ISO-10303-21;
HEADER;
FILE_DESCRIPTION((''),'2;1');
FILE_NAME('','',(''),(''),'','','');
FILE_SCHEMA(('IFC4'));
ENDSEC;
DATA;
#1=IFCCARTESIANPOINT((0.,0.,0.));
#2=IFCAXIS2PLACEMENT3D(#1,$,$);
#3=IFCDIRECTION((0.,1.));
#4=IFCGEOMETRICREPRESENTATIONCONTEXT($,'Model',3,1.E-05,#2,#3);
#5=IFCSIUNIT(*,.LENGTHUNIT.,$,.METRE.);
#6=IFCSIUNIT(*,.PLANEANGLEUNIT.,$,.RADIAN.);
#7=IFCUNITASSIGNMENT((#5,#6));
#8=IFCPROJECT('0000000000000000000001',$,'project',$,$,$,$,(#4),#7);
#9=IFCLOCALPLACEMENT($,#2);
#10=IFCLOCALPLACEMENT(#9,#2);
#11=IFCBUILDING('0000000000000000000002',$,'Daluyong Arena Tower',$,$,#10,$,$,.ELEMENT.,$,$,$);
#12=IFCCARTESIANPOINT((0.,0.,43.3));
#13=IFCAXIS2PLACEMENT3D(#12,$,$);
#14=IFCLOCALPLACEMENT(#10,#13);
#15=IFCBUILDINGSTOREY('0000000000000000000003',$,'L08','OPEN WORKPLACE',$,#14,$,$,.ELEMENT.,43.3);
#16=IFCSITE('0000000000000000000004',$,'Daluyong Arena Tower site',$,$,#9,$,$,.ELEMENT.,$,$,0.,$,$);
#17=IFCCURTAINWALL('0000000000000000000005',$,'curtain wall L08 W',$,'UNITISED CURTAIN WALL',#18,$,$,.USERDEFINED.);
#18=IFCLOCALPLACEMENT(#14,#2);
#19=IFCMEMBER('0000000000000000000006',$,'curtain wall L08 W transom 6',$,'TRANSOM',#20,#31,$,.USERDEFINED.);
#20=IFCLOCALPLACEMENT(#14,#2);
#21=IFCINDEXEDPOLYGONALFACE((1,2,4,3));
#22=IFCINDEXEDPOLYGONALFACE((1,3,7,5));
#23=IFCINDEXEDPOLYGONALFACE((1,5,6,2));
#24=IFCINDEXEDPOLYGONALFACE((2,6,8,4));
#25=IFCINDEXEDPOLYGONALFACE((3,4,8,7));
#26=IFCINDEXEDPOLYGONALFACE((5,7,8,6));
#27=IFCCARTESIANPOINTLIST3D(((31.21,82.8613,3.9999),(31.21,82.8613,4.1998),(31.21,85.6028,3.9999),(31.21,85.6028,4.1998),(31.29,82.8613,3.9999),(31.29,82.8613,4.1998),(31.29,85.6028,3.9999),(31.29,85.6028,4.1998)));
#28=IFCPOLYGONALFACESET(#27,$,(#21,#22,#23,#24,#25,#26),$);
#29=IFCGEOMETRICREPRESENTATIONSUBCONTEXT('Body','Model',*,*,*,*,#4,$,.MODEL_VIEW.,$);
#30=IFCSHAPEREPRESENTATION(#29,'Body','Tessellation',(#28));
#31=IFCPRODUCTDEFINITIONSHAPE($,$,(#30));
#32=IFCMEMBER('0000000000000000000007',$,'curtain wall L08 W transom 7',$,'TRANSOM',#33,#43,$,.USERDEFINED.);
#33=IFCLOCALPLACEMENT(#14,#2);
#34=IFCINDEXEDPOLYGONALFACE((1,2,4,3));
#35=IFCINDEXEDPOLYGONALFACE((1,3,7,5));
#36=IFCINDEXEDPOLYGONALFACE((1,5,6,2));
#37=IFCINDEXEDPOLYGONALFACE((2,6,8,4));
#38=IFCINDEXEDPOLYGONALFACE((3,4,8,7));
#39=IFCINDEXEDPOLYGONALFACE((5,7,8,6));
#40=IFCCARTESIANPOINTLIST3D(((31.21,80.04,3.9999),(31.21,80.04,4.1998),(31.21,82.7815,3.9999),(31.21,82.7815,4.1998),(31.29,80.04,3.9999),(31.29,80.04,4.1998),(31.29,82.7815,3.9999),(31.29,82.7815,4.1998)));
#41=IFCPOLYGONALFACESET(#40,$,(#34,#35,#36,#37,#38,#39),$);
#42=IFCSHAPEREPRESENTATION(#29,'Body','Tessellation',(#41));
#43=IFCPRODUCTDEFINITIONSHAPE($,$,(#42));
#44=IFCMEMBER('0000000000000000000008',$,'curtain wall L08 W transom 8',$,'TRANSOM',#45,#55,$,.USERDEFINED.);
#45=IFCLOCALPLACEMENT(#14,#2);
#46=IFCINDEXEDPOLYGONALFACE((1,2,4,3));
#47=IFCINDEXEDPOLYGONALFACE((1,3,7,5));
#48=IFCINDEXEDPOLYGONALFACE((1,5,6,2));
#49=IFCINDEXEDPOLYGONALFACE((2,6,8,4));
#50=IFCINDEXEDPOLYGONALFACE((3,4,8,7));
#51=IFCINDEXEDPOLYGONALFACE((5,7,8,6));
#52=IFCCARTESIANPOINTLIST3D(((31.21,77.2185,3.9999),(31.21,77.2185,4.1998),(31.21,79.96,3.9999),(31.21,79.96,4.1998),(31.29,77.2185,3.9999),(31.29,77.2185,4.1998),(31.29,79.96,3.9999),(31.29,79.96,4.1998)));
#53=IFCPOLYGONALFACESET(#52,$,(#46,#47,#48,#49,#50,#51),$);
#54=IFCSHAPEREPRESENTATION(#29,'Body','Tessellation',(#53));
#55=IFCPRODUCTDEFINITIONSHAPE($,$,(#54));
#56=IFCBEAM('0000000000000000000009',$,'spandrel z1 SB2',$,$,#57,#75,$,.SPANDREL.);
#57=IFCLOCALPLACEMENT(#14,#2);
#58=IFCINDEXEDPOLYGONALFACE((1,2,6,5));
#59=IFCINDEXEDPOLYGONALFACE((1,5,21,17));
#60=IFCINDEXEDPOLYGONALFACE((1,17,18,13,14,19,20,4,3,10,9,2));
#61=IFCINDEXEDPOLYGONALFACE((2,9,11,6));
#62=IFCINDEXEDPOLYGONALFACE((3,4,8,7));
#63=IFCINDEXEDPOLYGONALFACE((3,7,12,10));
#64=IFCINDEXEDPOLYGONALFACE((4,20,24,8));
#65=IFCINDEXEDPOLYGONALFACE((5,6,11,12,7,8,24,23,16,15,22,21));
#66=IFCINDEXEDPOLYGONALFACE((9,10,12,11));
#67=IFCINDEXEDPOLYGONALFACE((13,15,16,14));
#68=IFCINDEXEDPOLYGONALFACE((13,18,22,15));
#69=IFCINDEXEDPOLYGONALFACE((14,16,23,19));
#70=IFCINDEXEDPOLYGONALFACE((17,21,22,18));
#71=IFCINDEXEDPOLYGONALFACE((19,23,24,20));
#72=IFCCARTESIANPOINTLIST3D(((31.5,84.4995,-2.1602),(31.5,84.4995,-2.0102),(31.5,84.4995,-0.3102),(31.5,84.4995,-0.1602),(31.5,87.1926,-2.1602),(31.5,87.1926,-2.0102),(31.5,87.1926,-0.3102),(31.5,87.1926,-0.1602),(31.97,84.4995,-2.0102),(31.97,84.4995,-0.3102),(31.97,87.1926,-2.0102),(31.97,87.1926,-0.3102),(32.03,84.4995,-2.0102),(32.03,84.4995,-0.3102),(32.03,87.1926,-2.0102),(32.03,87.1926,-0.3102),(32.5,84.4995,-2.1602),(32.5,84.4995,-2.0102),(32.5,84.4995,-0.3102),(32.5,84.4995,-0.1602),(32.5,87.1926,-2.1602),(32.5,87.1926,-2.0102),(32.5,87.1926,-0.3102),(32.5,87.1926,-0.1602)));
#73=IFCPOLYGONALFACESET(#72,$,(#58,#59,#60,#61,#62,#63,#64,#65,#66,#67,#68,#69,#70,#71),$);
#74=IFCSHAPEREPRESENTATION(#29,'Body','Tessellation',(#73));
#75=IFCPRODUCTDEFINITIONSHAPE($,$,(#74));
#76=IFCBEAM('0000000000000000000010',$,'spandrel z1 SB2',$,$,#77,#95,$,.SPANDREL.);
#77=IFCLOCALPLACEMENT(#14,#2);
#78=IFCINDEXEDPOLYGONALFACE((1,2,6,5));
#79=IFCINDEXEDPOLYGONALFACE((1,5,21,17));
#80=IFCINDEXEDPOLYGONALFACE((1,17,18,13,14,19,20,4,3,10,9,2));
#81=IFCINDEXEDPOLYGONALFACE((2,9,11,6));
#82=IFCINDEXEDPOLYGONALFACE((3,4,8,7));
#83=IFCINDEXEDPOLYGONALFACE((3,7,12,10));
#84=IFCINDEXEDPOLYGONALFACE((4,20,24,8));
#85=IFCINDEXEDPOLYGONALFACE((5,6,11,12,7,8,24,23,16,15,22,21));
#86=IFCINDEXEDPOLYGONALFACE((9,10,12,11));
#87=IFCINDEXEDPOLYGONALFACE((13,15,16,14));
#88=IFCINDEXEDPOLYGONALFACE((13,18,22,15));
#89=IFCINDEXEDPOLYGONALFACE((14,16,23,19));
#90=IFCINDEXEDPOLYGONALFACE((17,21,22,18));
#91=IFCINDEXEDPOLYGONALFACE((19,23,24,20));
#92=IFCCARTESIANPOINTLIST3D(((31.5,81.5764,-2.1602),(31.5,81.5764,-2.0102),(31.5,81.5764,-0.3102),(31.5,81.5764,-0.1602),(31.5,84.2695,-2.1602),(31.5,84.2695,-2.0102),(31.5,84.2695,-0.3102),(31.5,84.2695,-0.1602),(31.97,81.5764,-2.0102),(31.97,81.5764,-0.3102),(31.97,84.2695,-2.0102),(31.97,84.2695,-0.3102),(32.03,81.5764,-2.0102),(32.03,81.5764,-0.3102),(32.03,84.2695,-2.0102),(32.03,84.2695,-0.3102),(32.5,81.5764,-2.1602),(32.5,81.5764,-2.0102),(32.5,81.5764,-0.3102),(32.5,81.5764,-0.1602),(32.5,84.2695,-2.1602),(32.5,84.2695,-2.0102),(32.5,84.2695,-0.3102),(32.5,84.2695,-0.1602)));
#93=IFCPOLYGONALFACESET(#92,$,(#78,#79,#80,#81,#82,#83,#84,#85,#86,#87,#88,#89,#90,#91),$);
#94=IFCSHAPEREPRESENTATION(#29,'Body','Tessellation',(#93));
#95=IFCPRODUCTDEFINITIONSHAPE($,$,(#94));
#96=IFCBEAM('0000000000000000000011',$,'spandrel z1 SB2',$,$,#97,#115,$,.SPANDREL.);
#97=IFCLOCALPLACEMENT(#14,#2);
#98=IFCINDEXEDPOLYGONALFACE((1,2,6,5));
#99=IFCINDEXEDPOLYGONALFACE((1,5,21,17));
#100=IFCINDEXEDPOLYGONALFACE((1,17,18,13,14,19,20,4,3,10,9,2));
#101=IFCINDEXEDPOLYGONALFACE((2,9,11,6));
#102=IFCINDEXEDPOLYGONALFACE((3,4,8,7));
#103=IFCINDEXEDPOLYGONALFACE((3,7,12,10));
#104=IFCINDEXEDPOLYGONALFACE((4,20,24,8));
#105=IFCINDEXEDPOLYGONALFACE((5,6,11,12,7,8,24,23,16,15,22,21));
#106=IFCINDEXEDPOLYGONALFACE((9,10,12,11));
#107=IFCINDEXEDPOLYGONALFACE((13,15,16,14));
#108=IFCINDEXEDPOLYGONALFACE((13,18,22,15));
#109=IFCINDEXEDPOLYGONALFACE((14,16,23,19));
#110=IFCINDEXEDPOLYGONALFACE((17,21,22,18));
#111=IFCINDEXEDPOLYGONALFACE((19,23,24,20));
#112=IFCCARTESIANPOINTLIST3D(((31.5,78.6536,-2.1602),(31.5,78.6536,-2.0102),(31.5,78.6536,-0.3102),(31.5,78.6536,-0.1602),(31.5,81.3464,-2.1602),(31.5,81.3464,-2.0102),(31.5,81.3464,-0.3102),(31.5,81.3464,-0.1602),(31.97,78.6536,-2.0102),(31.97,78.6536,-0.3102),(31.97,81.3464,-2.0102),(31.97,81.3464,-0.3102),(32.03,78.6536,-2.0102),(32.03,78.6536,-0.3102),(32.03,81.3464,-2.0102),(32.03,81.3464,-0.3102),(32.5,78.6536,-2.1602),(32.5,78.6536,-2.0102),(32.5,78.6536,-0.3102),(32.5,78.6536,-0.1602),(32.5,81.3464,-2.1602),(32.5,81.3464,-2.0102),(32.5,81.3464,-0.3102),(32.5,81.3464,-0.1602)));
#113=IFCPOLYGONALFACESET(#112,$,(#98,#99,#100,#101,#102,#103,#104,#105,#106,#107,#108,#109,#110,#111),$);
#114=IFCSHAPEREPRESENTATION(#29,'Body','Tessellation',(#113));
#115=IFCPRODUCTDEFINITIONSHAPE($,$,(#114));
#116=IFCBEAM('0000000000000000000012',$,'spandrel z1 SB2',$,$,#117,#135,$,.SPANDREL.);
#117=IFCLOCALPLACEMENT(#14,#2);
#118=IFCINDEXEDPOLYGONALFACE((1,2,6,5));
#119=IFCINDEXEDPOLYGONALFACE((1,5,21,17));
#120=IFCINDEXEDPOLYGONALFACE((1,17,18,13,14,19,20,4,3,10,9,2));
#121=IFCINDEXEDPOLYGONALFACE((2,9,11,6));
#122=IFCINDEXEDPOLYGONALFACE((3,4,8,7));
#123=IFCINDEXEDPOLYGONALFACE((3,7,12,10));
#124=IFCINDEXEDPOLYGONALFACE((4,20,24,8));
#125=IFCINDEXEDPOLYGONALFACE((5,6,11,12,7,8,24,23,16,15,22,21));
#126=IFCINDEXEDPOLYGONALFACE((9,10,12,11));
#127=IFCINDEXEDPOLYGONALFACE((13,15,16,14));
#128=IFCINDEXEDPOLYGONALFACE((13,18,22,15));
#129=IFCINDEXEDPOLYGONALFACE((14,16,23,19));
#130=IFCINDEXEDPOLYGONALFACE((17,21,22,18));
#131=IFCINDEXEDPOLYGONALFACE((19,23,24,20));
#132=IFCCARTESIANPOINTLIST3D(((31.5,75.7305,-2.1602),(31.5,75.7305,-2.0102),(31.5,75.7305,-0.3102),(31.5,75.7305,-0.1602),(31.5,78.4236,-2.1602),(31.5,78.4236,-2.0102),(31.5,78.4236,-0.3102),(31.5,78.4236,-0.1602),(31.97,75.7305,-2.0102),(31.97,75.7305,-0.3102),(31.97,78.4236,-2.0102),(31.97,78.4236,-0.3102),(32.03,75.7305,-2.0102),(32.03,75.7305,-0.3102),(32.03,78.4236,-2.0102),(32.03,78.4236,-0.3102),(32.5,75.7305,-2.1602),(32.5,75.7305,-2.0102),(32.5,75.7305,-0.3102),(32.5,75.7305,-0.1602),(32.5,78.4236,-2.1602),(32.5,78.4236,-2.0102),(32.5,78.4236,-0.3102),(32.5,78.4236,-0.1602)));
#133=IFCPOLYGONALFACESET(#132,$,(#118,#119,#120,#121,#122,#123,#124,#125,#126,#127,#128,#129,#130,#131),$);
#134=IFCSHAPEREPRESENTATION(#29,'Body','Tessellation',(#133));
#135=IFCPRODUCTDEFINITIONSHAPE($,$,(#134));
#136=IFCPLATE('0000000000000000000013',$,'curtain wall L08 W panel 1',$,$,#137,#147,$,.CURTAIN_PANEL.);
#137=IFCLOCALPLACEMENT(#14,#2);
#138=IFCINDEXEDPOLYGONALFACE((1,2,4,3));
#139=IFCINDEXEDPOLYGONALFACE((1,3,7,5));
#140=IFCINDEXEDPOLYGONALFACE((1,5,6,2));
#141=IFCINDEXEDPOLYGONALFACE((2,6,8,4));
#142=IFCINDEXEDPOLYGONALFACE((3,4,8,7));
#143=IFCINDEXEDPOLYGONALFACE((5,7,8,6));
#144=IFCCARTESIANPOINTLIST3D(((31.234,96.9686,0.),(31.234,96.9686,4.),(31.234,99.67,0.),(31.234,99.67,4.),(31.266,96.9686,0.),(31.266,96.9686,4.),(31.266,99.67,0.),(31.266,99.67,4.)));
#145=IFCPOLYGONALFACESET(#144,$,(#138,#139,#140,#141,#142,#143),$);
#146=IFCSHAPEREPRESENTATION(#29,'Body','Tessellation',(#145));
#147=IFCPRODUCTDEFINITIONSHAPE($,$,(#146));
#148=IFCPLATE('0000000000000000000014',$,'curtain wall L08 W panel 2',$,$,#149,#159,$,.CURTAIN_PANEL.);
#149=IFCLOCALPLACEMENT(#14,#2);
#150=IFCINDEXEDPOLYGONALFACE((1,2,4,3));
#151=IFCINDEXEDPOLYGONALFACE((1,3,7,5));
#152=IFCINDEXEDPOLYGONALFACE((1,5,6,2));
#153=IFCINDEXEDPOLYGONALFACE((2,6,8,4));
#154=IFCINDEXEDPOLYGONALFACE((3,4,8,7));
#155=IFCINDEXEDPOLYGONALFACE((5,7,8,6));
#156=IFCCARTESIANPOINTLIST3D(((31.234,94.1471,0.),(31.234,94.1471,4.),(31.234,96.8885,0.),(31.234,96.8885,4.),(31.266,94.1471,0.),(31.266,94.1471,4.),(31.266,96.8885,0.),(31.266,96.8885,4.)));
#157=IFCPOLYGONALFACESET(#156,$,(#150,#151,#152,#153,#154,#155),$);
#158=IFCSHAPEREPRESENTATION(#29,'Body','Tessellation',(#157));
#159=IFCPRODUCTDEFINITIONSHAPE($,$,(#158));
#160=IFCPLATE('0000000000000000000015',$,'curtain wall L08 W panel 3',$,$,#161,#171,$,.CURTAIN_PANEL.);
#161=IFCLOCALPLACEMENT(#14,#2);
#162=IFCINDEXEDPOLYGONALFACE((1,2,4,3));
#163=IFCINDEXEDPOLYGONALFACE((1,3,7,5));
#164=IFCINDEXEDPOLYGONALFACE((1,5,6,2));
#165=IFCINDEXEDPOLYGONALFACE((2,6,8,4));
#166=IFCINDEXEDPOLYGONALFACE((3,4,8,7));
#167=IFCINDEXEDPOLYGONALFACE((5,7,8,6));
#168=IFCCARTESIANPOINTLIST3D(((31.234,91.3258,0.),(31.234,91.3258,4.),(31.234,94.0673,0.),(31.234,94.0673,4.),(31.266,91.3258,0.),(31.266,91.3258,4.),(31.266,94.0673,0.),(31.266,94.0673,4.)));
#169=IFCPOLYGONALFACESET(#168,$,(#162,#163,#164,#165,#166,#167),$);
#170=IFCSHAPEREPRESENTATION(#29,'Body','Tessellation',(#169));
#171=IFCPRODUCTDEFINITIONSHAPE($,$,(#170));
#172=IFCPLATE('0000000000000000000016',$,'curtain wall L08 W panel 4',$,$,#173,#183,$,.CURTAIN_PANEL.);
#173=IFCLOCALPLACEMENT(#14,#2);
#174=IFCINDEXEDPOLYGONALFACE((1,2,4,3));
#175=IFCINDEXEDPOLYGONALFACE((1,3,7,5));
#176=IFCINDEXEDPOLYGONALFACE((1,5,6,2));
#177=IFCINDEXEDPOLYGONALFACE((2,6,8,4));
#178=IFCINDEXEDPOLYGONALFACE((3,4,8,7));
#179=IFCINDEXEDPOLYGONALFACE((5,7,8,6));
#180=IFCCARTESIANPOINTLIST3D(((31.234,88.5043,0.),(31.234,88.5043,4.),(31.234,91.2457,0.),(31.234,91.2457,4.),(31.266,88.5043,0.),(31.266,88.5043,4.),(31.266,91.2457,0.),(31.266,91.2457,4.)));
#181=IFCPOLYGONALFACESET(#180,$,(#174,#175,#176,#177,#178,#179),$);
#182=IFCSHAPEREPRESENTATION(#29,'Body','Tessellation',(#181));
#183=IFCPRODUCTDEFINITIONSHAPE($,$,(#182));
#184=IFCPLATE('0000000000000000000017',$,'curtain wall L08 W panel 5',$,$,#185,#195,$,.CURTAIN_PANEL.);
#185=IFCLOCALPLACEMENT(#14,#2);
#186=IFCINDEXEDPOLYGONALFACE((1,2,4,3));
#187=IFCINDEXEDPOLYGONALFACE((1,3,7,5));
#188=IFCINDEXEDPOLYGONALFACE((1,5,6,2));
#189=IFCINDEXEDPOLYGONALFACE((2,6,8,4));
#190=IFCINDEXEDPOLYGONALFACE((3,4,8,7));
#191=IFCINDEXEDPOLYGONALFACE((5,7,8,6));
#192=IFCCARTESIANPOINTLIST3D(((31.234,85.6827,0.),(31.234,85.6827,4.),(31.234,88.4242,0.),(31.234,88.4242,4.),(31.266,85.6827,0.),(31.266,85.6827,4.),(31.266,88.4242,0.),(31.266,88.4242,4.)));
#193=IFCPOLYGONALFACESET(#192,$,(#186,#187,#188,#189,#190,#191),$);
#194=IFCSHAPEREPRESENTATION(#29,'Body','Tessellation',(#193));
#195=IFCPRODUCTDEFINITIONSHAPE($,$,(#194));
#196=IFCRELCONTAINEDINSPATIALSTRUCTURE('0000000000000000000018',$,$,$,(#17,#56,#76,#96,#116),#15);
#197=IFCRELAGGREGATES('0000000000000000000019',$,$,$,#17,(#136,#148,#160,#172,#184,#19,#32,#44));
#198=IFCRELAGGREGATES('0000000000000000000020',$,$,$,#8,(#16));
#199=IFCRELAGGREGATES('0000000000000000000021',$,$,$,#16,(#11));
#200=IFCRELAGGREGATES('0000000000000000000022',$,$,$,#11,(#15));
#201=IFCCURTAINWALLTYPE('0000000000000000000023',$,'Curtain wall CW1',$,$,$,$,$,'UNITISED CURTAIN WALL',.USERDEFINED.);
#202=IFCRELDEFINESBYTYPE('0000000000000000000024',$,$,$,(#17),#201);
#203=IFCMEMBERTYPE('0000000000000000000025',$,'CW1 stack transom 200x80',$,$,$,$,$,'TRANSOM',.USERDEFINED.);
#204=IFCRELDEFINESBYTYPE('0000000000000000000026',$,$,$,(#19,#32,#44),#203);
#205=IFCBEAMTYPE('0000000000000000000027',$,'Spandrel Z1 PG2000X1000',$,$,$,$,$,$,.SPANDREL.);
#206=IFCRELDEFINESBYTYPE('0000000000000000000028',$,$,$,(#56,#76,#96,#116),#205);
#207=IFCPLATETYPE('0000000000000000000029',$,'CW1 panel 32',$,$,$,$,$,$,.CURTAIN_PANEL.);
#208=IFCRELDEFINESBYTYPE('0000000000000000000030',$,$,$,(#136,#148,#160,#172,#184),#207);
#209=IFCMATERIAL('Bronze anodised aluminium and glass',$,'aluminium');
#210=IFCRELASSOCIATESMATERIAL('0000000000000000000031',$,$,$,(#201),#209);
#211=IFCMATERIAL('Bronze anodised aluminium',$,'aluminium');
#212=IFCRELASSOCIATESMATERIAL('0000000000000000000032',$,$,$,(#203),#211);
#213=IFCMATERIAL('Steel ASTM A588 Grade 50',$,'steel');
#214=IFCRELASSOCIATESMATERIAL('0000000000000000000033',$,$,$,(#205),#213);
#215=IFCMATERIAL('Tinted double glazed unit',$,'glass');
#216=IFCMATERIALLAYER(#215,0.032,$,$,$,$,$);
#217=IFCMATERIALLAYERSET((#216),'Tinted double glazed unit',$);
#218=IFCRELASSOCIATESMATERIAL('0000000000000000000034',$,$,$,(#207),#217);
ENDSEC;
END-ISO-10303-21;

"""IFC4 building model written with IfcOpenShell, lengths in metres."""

from ifc_helpers import new_model, si_unit, direction, frame, origin, origin_2d, place, context, subcontext, project, spatial, rectangle, i_section, extrude, material, layer, layer_set, material_profile, profile_set, type_object, element, aggregate, save


model = new_model("IFC4")

# Units and contexts
model_context = context("Model", 3, precision=1e-05, world=origin(), true_north=direction((0.0, 1.0)))
body_context = subcontext(model_context, "Body", "Model", "MODEL_VIEW")
ifc_project = project(units=[si_unit("LENGTHUNIT", "METRE"), si_unit("PLANEANGLEUNIT", "RADIAN")], contexts=[model_context])

# Site, building, storey
site_placement = place(None, origin())
site = spatial("IfcSite", under=ifc_project, at=site_placement, Name="Daluyong Arena Tower site", CompositionType="ELEMENT", RefElevation=0.0)
building_placement = place(site_placement, origin())
building = spatial("IfcBuilding", under=site, at=building_placement, Name="Daluyong Arena Tower", CompositionType="ELEMENT")
storey_placement = place(building_placement, frame((0.0, 0.0, 43.3)))
storey = spatial("IfcBuildingStorey", under=building, at=storey_placement, Name="L08", Description="OPEN WORKPLACE", CompositionType="ELEMENT", Elevation=43.3)

# Curtain wall, members
ifc_material_1 = material(Name="Bronze anodised aluminium and glass", Category="aluminium")
curtain_wall_type = type_object("IfcCurtainWallType", Name="Curtain wall CW1", ElementType="UNITISED CURTAIN WALL", PredefinedType="USERDEFINED", material=ifc_material_1)
curtain_wall_placement = place(storey_placement, origin())
curtain_wall = element("IfcCurtainWall", 1, at=curtain_wall_placement, inside=storey, type_object=curtain_wall_type, Name="curtain wall L08 W", ObjectType="UNITISED CURTAIN WALL", PredefinedType="USERDEFINED")
ifc_material_2 = material(Name="Bronze anodised aluminium", Category="aluminium")
ifc_material_profile_1 = material_profile(ifc_material_2, rectangle(XDim=0.0801, YDim=0.2, at=origin_2d()))
ifc_profile_set_1 = profile_set([ifc_material_profile_1], Name="Bronze anodised aluminium")
member_type_1 = type_object("IfcMemberType", Name="CW1 stack transom 200x80", ElementType="TRANSOM", PredefinedType="USERDEFINED", material=ifc_profile_set_1)
member_1_placement = place(storey_placement, frame((31.25, 85.6028, 4.0999), z_axis=(0.0, -1.0, 0.0), x_axis=(1.0, 0.0, 0.0)))
member_1 = element("IfcMember", 2, at=member_1_placement, type_object=member_type_1, Name="curtain wall L08 W transom 6", ObjectType="TRANSOM", PredefinedType="USERDEFINED", context=body_context, shape_type="SweptSolid", body=[
    extrude(rectangle(XDim=0.0801, YDim=0.2, at=origin_2d()), origin(), (0.0, 0.0, 1.0), 2.7415),
])
member_2_placement = place(storey_placement, frame((31.25, 82.7815, 4.0999), z_axis=(0.0, -1.0, 0.0), x_axis=(1.0, 0.0, 0.0)))
member_2 = element("IfcMember", 3, at=member_2_placement, type_object=member_type_1, Name="curtain wall L08 W transom 7", ObjectType="TRANSOM", PredefinedType="USERDEFINED", context=body_context, shape_type="SweptSolid", body=[
    extrude(rectangle(XDim=0.0801, YDim=0.2, at=origin_2d()), origin(), (0.0, 0.0, 1.0), 2.7415),
])
member_3_placement = place(storey_placement, frame((31.25, 79.96, 4.0999), z_axis=(0.0, -1.0, 0.0), x_axis=(1.0, 0.0, 0.0)))
member_3 = element("IfcMember", 4, at=member_3_placement, type_object=member_type_1, Name="curtain wall L08 W transom 8", ObjectType="TRANSOM", PredefinedType="USERDEFINED", context=body_context, shape_type="SweptSolid", body=[
    extrude(rectangle(XDim=0.0801, YDim=0.2, at=origin_2d()), origin(), (0.0, 0.0, 1.0), 2.7415),
])

# Beams
ifc_material_3 = material(Name="Steel ASTM A588 Grade 50", Category="steel")
ifc_material_profile_2 = material_profile(ifc_material_3, i_section(OverallWidth=1.0, OverallDepth=2.0, WebThickness=0.06, FlangeThickness=0.15, at=origin_2d()))
ifc_profile_set_2 = profile_set([ifc_material_profile_2], Name="Steel ASTM A588 Grade 50")
beam_type = type_object("IfcBeamType", Name="Spandrel Z1 PG2000X1000", PredefinedType="SPANDREL", material=ifc_profile_set_2)
for number, where, z_axis, x_axis, name in (
    (5, (32.0, 87.1926, -1.1602), (0.0, -1.0, 0.0), (1.0, 0.0, 0.0), "spandrel z1 SB2"),
    (6, (32.0, 84.2695, -1.1602), (0.0, -1.0, 0.0), (1.0, 0.0, 0.0), "spandrel z1 SB2"),
):
    element("IfcBeam", number, at=place(storey_placement, frame(where, z_axis=z_axis, x_axis=x_axis)), inside=storey, type_object=beam_type, Name=name, PredefinedType="SPANDREL", context=body_context, shape_type="SweptSolid", body=[
        extrude(i_section(OverallWidth=1.0, OverallDepth=2.0, WebThickness=0.06, FlangeThickness=0.15, at=origin_2d()), origin(), (0.0, 0.0, 1.0), 2.6931),
    ])
beam_1_placement = place(storey_placement, frame((32.0, 81.3464, -1.1602), z_axis=(0.0, -1.0, 0.0), x_axis=(1.0, 0.0, 0.0)))
element("IfcBeam", 7, at=beam_1_placement, inside=storey, type_object=beam_type, Name="spandrel z1 SB2", PredefinedType="SPANDREL", context=body_context, shape_type="SweptSolid", body=[
    extrude(i_section(OverallWidth=1.0, OverallDepth=2.0, WebThickness=0.06, FlangeThickness=0.15, at=origin_2d()), origin(), (0.0, 0.0, 1.0), 2.6929),
])
beam_2_placement = place(storey_placement, frame((32.0, 78.4236, -1.1602), z_axis=(0.0, -1.0, 0.0), x_axis=(1.0, 0.0, 0.0)))
element("IfcBeam", 8, at=beam_2_placement, inside=storey, type_object=beam_type, Name="spandrel z1 SB2", PredefinedType="SPANDREL", context=body_context, shape_type="SweptSolid", body=[
    extrude(i_section(OverallWidth=1.0, OverallDepth=2.0, WebThickness=0.06, FlangeThickness=0.15, at=origin_2d()), origin(), (0.0, 0.0, 1.0), 2.6931),
])

# Plates
ifc_material_4 = material(Name="Tinted double glazed unit", Category="glass")
ifc_layer_1 = layer(ifc_material_4, 0.032)
ifc_layer_set_1 = layer_set([ifc_layer_1], Name="Tinted double glazed unit")
plate_type = type_object("IfcPlateType", Name="CW1 panel 32", PredefinedType="CURTAIN_PANEL", material=ifc_layer_set_1)
plate_1_placement = place(storey_placement, frame((31.25, 98.3193, 0.0), z_axis=(0.0, 0.0, 1.0), x_axis=(0.0, -1.0, 0.0)))
plate_1 = element("IfcPlate", 9, at=plate_1_placement, type_object=plate_type, Name="curtain wall L08 W panel 1", PredefinedType="CURTAIN_PANEL", context=body_context, shape_type="SweptSolid", body=[
    extrude(rectangle(XDim=2.7014, YDim=0.032, at=origin_2d()), origin(), (0.0, 0.0, 1.0), 4.0),
])
plate_2_placement = place(storey_placement, frame((31.25, 95.5178, 0.0), z_axis=(0.0, 0.0, 1.0), x_axis=(0.0, -1.0, 0.0)))
plate_2 = element("IfcPlate", 10, at=plate_2_placement, type_object=plate_type, Name="curtain wall L08 W panel 2", PredefinedType="CURTAIN_PANEL", context=body_context, shape_type="SweptSolid", body=[
    extrude(rectangle(XDim=2.7415, YDim=0.032, at=origin_2d()), origin(), (0.0, 0.0, 1.0), 4.0),
])
plate_3_placement = place(storey_placement, frame((31.25, 92.6965, 0.0), z_axis=(0.0, 0.0, 1.0), x_axis=(0.0, -1.0, 0.0)))
plate_3 = element("IfcPlate", 11, at=plate_3_placement, type_object=plate_type, Name="curtain wall L08 W panel 3", PredefinedType="CURTAIN_PANEL", context=body_context, shape_type="SweptSolid", body=[
    extrude(rectangle(XDim=2.7415, YDim=0.032, at=origin_2d()), origin(), (0.0, 0.0, 1.0), 4.0),
])
plate_4_placement = place(storey_placement, frame((31.25, 89.875, 0.0), z_axis=(0.0, 0.0, 1.0), x_axis=(0.0, -1.0, 0.0)))
plate_4 = element("IfcPlate", 12, at=plate_4_placement, type_object=plate_type, Name="curtain wall L08 W panel 4", PredefinedType="CURTAIN_PANEL", context=body_context, shape_type="SweptSolid", body=[
    extrude(rectangle(XDim=2.7415, YDim=0.032, at=origin_2d()), origin(), (0.0, 0.0, 1.0), 4.0),
])
plate_5_placement = place(storey_placement, frame((31.25, 87.0535, 0.0), z_axis=(0.0, 0.0, 1.0), x_axis=(0.0, -1.0, 0.0)))
plate_5 = element("IfcPlate", 13, at=plate_5_placement, type_object=plate_type, Name="curtain wall L08 W panel 5", PredefinedType="CURTAIN_PANEL", context=body_context, shape_type="SweptSolid", body=[
    extrude(rectangle(XDim=2.7415, YDim=0.032, at=origin_2d()), origin(), (0.0, 0.0, 1.0), 4.0),
])
aggregate(curtain_wall, [plate_1, plate_2, plate_3, plate_4, plate_5, member_1, member_2, member_3])

save(model, "model.ifc")
